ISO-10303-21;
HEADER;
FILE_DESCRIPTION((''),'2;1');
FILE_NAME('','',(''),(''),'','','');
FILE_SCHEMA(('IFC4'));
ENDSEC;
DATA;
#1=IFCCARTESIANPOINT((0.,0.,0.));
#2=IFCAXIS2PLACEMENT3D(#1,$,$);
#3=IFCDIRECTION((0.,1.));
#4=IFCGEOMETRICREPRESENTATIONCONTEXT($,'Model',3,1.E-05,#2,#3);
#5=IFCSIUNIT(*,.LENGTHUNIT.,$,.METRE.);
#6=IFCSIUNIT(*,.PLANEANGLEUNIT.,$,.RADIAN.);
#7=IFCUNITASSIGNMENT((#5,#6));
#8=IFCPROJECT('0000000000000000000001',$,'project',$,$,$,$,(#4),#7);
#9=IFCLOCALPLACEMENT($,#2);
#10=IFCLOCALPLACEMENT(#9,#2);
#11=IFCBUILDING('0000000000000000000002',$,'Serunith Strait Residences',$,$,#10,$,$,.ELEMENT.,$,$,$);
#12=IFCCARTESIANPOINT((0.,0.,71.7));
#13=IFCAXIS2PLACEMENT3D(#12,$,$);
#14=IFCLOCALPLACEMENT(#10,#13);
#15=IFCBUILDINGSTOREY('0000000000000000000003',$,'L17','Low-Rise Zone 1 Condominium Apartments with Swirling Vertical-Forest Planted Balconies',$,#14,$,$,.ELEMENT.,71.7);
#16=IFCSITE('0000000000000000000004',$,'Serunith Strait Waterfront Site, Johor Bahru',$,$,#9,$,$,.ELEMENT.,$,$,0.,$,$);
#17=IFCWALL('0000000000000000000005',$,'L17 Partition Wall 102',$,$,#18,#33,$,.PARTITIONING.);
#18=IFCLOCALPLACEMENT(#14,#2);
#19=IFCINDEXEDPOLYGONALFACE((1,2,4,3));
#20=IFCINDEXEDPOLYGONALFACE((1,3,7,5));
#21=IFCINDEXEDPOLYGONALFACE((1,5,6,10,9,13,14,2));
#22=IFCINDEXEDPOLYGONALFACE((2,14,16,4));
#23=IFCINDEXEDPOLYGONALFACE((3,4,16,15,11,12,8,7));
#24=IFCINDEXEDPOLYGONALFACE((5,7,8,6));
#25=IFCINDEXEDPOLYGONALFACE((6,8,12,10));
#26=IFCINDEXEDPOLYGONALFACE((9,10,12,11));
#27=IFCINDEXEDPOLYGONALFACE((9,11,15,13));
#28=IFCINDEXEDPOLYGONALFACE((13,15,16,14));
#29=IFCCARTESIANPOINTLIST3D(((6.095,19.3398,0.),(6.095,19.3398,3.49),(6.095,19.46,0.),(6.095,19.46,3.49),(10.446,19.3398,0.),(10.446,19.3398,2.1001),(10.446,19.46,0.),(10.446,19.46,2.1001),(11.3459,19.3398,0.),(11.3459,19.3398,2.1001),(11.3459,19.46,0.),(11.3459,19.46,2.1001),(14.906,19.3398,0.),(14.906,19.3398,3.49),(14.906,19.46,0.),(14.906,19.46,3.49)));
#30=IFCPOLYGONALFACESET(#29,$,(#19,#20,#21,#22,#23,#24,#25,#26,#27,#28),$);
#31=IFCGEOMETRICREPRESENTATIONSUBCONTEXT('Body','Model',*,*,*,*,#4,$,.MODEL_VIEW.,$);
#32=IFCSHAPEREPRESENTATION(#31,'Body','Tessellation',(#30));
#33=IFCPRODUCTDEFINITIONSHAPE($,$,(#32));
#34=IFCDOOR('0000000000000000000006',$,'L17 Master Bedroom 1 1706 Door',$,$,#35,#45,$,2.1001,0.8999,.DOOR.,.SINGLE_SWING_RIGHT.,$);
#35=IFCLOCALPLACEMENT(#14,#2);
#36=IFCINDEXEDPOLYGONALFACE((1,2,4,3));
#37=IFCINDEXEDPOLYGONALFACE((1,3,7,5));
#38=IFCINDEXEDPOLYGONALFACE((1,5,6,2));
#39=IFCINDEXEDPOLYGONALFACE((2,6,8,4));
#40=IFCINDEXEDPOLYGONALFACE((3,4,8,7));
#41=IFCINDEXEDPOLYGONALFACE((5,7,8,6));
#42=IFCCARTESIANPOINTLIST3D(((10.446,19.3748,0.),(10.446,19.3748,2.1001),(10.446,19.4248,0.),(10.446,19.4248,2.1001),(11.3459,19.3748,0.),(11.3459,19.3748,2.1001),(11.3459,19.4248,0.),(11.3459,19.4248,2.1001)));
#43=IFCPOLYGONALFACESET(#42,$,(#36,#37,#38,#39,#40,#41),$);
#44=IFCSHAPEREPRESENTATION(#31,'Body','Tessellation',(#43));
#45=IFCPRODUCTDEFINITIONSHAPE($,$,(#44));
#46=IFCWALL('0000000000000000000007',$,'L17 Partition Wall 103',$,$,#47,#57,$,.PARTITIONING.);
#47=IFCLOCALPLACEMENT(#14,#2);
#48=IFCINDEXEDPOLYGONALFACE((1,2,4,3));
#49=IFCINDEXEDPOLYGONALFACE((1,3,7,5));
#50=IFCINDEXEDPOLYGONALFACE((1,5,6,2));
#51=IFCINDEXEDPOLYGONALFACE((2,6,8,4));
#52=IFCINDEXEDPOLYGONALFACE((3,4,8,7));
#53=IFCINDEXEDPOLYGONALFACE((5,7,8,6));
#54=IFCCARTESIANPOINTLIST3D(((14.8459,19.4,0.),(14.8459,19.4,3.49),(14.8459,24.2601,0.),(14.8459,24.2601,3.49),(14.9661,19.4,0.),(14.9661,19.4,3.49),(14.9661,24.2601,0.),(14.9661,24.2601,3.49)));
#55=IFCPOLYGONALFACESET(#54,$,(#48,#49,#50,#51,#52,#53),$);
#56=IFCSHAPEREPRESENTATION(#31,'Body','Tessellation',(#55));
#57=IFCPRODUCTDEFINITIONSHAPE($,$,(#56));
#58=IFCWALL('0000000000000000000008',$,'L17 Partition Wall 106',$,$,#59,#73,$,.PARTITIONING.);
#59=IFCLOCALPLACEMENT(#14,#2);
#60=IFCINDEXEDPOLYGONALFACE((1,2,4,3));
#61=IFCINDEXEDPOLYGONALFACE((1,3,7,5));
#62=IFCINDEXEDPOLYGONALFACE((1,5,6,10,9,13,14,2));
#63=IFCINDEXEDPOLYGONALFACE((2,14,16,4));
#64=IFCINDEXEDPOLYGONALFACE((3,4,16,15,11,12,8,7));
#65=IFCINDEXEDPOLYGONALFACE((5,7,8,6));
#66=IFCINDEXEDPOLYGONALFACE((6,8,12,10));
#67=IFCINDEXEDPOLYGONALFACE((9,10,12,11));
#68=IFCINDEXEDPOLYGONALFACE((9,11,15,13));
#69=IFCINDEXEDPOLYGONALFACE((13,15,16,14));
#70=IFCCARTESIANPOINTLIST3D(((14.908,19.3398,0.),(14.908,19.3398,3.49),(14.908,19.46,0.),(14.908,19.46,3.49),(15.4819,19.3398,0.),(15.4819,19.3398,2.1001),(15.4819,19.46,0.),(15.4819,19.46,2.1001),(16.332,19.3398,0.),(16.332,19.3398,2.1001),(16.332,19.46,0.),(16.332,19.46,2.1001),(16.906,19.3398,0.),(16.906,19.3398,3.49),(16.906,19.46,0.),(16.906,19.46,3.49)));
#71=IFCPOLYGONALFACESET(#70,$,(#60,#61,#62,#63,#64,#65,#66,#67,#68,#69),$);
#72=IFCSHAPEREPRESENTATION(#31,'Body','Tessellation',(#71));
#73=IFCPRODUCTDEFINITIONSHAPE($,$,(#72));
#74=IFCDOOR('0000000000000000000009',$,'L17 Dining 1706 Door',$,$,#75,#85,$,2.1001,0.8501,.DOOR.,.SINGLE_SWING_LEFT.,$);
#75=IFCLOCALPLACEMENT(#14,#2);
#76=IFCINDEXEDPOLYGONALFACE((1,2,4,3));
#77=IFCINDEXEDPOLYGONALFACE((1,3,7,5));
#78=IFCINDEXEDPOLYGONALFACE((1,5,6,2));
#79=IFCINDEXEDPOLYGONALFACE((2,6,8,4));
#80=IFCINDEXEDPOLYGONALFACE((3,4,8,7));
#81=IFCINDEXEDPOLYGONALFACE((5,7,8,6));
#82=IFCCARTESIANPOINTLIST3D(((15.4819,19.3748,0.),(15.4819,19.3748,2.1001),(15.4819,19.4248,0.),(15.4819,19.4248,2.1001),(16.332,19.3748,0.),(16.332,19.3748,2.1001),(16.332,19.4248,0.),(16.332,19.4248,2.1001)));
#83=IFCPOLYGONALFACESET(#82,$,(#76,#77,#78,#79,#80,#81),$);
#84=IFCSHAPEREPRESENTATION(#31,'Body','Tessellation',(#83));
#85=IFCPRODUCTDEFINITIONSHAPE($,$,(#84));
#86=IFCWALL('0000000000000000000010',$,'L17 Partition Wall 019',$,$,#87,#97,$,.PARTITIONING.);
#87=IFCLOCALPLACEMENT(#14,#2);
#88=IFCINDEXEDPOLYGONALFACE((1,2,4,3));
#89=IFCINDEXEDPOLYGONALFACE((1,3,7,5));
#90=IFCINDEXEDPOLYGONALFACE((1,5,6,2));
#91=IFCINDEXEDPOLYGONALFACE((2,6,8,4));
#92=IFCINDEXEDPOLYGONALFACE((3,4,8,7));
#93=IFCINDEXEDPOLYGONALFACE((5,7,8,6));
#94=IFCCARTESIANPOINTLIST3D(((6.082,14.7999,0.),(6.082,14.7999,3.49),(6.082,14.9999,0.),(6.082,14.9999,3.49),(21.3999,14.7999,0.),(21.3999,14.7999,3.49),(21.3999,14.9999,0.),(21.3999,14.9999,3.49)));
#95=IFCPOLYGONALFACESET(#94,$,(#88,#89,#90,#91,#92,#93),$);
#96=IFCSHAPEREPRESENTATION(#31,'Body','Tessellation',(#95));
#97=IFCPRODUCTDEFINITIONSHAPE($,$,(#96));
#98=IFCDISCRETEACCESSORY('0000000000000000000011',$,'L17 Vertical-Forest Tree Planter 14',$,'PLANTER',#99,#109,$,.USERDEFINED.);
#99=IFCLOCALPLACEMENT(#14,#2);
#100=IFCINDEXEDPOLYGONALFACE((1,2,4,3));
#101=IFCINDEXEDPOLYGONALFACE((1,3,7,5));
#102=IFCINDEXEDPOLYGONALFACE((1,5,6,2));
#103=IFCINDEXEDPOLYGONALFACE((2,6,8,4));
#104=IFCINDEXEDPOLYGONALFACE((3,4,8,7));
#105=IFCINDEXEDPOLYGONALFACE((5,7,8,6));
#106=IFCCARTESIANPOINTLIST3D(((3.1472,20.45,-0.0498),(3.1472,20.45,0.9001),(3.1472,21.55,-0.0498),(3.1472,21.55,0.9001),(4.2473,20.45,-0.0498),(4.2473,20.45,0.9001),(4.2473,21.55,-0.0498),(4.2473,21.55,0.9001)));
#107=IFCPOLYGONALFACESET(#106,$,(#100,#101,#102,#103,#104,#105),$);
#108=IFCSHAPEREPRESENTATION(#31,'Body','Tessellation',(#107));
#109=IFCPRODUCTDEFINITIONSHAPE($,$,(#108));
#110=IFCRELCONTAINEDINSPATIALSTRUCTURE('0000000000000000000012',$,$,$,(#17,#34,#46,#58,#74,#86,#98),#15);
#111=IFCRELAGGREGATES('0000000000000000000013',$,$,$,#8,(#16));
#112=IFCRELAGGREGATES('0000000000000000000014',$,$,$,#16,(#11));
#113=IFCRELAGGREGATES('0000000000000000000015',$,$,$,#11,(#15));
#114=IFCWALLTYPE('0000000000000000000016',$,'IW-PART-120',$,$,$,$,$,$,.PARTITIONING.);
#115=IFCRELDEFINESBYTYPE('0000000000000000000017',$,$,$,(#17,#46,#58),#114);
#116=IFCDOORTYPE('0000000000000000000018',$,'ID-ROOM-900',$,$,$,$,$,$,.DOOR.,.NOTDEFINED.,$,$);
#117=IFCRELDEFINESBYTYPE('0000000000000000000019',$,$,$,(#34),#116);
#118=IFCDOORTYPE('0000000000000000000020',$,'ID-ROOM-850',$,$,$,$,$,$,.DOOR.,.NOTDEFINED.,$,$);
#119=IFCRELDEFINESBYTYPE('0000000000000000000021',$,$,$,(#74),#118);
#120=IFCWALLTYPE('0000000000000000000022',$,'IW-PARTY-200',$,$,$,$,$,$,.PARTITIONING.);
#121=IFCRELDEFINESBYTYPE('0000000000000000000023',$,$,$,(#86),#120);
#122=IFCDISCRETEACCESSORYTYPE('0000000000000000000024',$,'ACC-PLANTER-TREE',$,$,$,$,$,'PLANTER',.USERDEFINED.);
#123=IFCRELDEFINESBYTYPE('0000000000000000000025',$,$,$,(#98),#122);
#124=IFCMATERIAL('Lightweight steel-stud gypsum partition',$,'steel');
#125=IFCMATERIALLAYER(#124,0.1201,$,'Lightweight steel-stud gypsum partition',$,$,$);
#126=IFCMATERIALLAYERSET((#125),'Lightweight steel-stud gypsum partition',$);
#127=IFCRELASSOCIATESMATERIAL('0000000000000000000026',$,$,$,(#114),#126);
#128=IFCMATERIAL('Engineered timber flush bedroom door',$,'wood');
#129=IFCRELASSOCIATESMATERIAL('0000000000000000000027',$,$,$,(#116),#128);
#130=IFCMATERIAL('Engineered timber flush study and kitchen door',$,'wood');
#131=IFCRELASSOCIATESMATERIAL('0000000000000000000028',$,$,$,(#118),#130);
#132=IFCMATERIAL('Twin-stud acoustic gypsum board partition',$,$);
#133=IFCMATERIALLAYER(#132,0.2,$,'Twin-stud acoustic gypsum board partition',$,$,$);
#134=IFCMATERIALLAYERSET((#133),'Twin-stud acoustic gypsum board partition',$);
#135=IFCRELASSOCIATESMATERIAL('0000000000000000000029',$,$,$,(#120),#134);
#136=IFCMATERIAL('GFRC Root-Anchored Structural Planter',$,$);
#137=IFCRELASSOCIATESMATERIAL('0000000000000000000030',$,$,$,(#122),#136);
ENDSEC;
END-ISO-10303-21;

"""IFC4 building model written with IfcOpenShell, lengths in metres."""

from ifc_helpers import new_model, si_unit, direction, frame, frame_2d, origin, origin_2d, place, context, subcontext, project, spatial, rectangle, extrude, source, transform, mapped, material, layer, layer_set, type_object, element, fill, save


model = new_model("IFC4")

# Units and contexts
model_context = context("Model", 3, precision=1e-05, world=origin(), true_north=direction((0.0, 1.0)))
body_context = subcontext(model_context, "Body", "Model", "MODEL_VIEW")
ifc_project = project(units=[si_unit("LENGTHUNIT", "METRE"), si_unit("PLANEANGLEUNIT", "RADIAN")], contexts=[model_context])

# Site, building, storey
site_placement = place(None, origin())
site = spatial("IfcSite", under=ifc_project, at=site_placement, Name="Serunith Strait Waterfront Site, Johor Bahru", CompositionType="ELEMENT", RefElevation=0.0)
building_placement = place(site_placement, origin())
building = spatial("IfcBuilding", under=site, at=building_placement, Name="Serunith Strait Residences", CompositionType="ELEMENT")
storey_placement = place(building_placement, frame((0.0, 0.0, 71.7)))
storey = spatial("IfcBuildingStorey", under=building, at=storey_placement, Name="L17", Description="Low-Rise Zone 1 Condominium Apartments with Swirling Vertical-Forest Planted Balconies", CompositionType="ELEMENT", Elevation=71.7)

# Shared definitions
ifc_material_1 = material(Name="Lightweight steel-stud gypsum partition", Category="steel")
ifc_layer_1 = layer(ifc_material_1, 0.1201, Name="Lightweight steel-stud gypsum partition")
ifc_layer_set_1 = layer_set([ifc_layer_1], Name="Lightweight steel-stud gypsum partition")
wall_type_1 = type_object("IfcWallType", Name="IW-PART-120", PredefinedType="PARTITIONING", material=ifc_layer_set_1)
shared_shape_1 = source(origin(), body_context, "Body", "SweptSolid", [
    extrude(rectangle(XDim=0.8501, YDim=2.1001, at=frame_2d((0.425, 1.05))), frame((0.0, 0.0249, 0.0), z_axis=(0.0, -1.0, 0.0), x_axis=(1.0, 0.0, 0.0)), (0.0, 0.0, 1.0), 0.05),
])
ifc_material_2 = material(Name="Engineered timber flush bedroom door", Category="wood")
door_type_1 = type_object("IfcDoorType", Name="ID-ROOM-900", OperationType="NOTDEFINED", PredefinedType="DOOR", material=ifc_material_2)
shared_shape_2 = source(origin(), body_context, "Body", "SweptSolid", [
    extrude(rectangle(XDim=0.8999, YDim=2.1001, at=frame_2d((0.45, 1.05))), frame((0.0, 0.0249, 0.0), z_axis=(0.0, -1.0, 0.0), x_axis=(1.0, 0.0, 0.0)), (0.0, 0.0, 1.0), 0.05),
])

# Wall, opening, door
ifc_material_3 = material(Name="Engineered timber flush study and kitchen door", Category="wood")
door_type_2 = type_object("IfcDoorType", Name="ID-ROOM-850", OperationType="NOTDEFINED", PredefinedType="DOOR", material=ifc_material_3)
wall_1_placement = place(storey_placement, frame((6.095, 19.3999, 0.0), z_axis=(0.0, 0.0, 1.0), x_axis=(1.0, 0.0, 0.0)))
wall_1 = element("IfcWall", 1, at=wall_1_placement, inside=storey, type_object=wall_type_1, Name="L17 Partition Wall 102", PredefinedType="PARTITIONING", context=body_context, shape_type="SweptSolid", body=[
    extrude(rectangle(XDim=8.811, YDim=0.1201, at=frame_2d((4.4055, 0.0))), origin(), (0.0, 0.0, 1.0), 3.49),
])
opening_1_placement = place(wall_1_placement, frame((4.3511, 0.0, 0.0)))
opening_1 = element("IfcOpeningElement", 2, at=opening_1_placement, cuts=wall_1, PredefinedType="OPENING", context=body_context, shape_type="SweptSolid", body=[
    extrude(rectangle(XDim=0.8999, YDim=2.1001, at=frame_2d((0.45, 1.05))), frame((0.0, 0.0701, 0.0), z_axis=(0.0, -1.0, 0.0), x_axis=(1.0, 0.0, 0.0)), (0.0, 0.0, 1.0), 0.1401),
])
door_1_placement = place(opening_1_placement, origin())
door_1 = element("IfcDoor", 3, at=door_1_placement, inside=storey, type_object=door_type_1, Name="L17 Master Bedroom 1 1706 Door", OperationType="SINGLE_SWING_RIGHT", OverallHeight=2.1001, OverallWidth=0.8999, PredefinedType="DOOR", context=body_context, shape_type="MappedRepresentation", body=[
    mapped(shared_shape_2, transform((0.0, 0.0, 0.0), scale=1.0)),
])
fill(opening_1, door_1)

# Wall
wall_2_placement = place(storey_placement, frame((14.906, 19.3999, 0.0), z_axis=(0.0, 0.0, 1.0), x_axis=(0.0, 1.0, 0.0)))
element("IfcWall", 4, at=wall_2_placement, inside=storey, type_object=wall_type_1, Name="L17 Partition Wall 103", PredefinedType="PARTITIONING", context=body_context, shape_type="SweptSolid", body=[
    extrude(rectangle(XDim=4.8601, YDim=0.1201, at=frame_2d((2.4302, 0.0))), origin(), (0.0, 0.0, 1.0), 3.49),
])

# Wall, opening, door
wall_3_placement = place(storey_placement, frame((14.908, 19.3999, 0.0), z_axis=(0.0, 0.0, 1.0), x_axis=(1.0, 0.0, 0.0)))
wall_3 = element("IfcWall", 5, at=wall_3_placement, inside=storey, type_object=wall_type_1, Name="L17 Partition Wall 106", PredefinedType="PARTITIONING", context=body_context, shape_type="SweptSolid", body=[
    extrude(rectangle(XDim=1.998, YDim=0.1201, at=frame_2d((0.999, 0.0))), origin(), (0.0, 0.0, 1.0), 3.49),
])
opening_2_placement = place(wall_3_placement, frame((0.574, 0.0, 0.0)))
opening_2 = element("IfcOpeningElement", 6, at=opening_2_placement, cuts=wall_3, PredefinedType="OPENING", context=body_context, shape_type="SweptSolid", body=[
    extrude(rectangle(XDim=0.8501, YDim=2.1001, at=frame_2d((0.425, 1.05))), frame((0.0, 0.0701, 0.0), z_axis=(0.0, -1.0, 0.0), x_axis=(1.0, 0.0, 0.0)), (0.0, 0.0, 1.0), 0.1401),
])
door_2_placement = place(opening_2_placement, origin())
door_2 = element("IfcDoor", 7, at=door_2_placement, inside=storey, type_object=door_type_2, Name="L17 Dining 1706 Door", OperationType="SINGLE_SWING_LEFT", OverallHeight=2.1001, OverallWidth=0.8501, PredefinedType="DOOR", context=body_context, shape_type="MappedRepresentation", body=[
    mapped(shared_shape_1, transform((0.0, 0.0, 0.0), scale=1.0)),
])
fill(opening_2, door_2)

# Wall
ifc_material_4 = material(Name="Twin-stud acoustic gypsum board partition")
ifc_layer_2 = layer(ifc_material_4, 0.2, Name="Twin-stud acoustic gypsum board partition")
ifc_layer_set_2 = layer_set([ifc_layer_2], Name="Twin-stud acoustic gypsum board partition")
wall_type_2 = type_object("IfcWallType", Name="IW-PARTY-200", PredefinedType="PARTITIONING", material=ifc_layer_set_2)
wall_4_placement = place(storey_placement, frame((6.082, 14.8999, 0.0), z_axis=(0.0, 0.0, 1.0), x_axis=(1.0, 0.0, 0.0)))
element("IfcWall", 8, at=wall_4_placement, inside=storey, type_object=wall_type_2, Name="L17 Partition Wall 019", PredefinedType="PARTITIONING", context=body_context, shape_type="SweptSolid", body=[
    extrude(rectangle(XDim=15.3179, YDim=0.2, at=frame_2d((7.6589, 0.0))), origin(), (0.0, 0.0, 1.0), 3.49),
])

# Discrete accessory
ifc_material_5 = material(Name="GFRC Root-Anchored Structural Planter")
discrete_accessory_type = type_object("IfcDiscreteAccessoryType", Name="ACC-PLANTER-TREE", ElementType="PLANTER", PredefinedType="USERDEFINED", material=ifc_material_5)
shared_shape_3 = source(origin(), body_context, "Body", "SweptSolid", [
    extrude(rectangle(XDim=1.1001, YDim=1.1001, at=origin_2d()), origin(), (0.0, 0.0, 1.0), 0.95),
])
discrete_accessory_placement = place(storey_placement, frame((3.6973, 21.0, -0.0498), z_axis=(0.0, 0.0, 1.0), x_axis=(0.0, -1.0, 0.0)))
element("IfcDiscreteAccessory", 9, at=discrete_accessory_placement, inside=storey, type_object=discrete_accessory_type, Name="L17 Vertical-Forest Tree Planter 14", ObjectType="PLANTER", PredefinedType="USERDEFINED", context=body_context, shape_type="MappedRepresentation", body=[
    mapped(shared_shape_3, transform((0.0, 0.0, 0.0), scale=1.0)),
])

save(model, "model.ifc")
